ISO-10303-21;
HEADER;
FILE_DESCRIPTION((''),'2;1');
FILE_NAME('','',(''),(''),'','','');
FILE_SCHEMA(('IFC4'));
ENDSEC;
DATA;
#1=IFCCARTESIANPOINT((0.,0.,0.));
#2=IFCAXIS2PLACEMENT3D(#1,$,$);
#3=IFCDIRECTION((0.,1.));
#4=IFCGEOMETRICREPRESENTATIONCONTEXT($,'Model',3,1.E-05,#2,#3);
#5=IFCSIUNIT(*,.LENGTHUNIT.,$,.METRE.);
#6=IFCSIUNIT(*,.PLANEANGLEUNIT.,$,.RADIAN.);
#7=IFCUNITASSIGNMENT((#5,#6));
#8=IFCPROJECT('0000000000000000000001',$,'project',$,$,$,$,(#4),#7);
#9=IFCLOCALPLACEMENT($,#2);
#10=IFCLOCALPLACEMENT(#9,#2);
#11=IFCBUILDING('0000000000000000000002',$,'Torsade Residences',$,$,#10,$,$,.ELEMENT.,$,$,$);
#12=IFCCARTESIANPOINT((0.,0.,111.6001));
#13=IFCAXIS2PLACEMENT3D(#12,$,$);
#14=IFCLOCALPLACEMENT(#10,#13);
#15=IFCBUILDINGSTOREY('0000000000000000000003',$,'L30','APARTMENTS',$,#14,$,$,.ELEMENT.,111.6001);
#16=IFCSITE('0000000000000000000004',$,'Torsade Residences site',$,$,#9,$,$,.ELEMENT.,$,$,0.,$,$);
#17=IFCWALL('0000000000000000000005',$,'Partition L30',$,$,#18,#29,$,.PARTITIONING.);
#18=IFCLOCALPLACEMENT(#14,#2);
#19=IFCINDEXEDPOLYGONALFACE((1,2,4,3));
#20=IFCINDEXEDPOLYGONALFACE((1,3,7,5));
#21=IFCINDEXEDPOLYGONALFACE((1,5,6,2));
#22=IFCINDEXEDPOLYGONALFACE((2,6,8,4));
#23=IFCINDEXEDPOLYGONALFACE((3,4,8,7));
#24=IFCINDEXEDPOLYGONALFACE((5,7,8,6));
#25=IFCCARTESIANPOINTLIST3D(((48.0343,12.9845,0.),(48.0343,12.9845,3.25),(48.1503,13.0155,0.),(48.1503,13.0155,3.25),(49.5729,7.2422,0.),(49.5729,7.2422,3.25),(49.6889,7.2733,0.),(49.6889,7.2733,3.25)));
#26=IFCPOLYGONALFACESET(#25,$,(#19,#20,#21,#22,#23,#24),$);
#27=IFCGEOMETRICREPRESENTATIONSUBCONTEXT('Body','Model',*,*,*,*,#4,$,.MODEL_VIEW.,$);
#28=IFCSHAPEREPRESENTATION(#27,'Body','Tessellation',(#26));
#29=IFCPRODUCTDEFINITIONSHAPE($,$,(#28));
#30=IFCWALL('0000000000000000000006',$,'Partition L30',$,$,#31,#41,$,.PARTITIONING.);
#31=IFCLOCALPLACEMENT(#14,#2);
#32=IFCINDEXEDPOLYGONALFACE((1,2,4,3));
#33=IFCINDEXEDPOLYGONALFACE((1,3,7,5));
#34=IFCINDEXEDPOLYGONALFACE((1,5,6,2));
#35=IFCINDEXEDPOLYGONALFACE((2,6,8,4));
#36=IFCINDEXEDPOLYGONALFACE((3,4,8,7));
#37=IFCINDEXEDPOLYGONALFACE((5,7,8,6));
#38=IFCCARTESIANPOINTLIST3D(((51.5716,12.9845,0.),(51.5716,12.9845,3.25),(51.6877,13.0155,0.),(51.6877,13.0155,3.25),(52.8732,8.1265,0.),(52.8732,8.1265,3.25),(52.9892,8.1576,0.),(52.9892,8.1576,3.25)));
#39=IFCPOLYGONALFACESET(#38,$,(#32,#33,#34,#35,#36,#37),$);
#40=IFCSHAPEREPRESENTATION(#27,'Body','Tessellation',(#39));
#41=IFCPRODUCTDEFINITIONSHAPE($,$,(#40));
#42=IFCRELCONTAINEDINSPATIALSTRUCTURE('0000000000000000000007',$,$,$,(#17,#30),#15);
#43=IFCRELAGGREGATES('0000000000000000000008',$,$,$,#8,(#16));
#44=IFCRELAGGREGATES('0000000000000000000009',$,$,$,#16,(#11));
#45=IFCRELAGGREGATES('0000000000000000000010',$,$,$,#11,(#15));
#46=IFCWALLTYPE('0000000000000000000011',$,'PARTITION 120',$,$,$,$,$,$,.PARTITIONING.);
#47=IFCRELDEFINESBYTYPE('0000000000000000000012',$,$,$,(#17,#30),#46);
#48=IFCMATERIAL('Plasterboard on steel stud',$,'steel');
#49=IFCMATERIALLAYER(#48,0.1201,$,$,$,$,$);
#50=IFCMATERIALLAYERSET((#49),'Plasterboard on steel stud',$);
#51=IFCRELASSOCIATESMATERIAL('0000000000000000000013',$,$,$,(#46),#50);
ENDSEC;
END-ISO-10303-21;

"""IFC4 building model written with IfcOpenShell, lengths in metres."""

from ifc_helpers import new_model, si_unit, direction, frame, frame_2d, origin, place, context, subcontext, project, spatial, rectangle, extrude, material, layer, layer_set, type_object, element, save


model = new_model("IFC4")

# Units and contexts
model_context = context("Model", 3, precision=1e-05, world=origin(), true_north=direction((0.0, 1.0)))
body_context = subcontext(model_context, "Body", "Model", "MODEL_VIEW")
ifc_project = project(units=[si_unit("LENGTHUNIT", "METRE"), si_unit("PLANEANGLEUNIT", "RADIAN")], contexts=[model_context])

# Site, building, storey
site_placement = place(None, origin())
site = spatial("IfcSite", under=ifc_project, at=site_placement, Name="Torsade Residences site", CompositionType="ELEMENT", RefElevation=0.0)
building_placement = place(site_placement, origin())
building = spatial("IfcBuilding", under=site, at=building_placement, Name="Torsade Residences", CompositionType="ELEMENT")
storey_placement = place(building_placement, frame((0.0, 0.0, 111.6001)))
storey = spatial("IfcBuildingStorey", under=building, at=storey_placement, Name="L30", Description="APARTMENTS", CompositionType="ELEMENT", Elevation=111.6001)

# Shared definitions
ifc_material_1 = material(Name="Plasterboard on steel stud", Category="steel")
ifc_layer_1 = layer(ifc_material_1, 0.1201)
ifc_layer_set_1 = layer_set([ifc_layer_1], Name="Plasterboard on steel stud")
wall_type = type_object("IfcWallType", Name="PARTITION 120", PredefinedType="PARTITIONING", material=ifc_layer_set_1)

# Walls
wall_1_placement = place(storey_placement, frame((48.0923, 13.0, 0.0), z_axis=(0.0, 0.0, 1.0), x_axis=(0.258813, -0.965928, 0.0)))
element("IfcWall", 1, at=wall_1_placement, inside=storey, type_object=wall_type, Name="Partition L30", PredefinedType="PARTITIONING", context=body_context, shape_type="SweptSolid", body=[
    extrude(rectangle(XDim=5.9448, YDim=0.1201, at=frame_2d((2.9724, 0.0))), origin(), (0.0, 0.0, 1.0), 3.25),
])
wall_2_placement = place(storey_placement, frame((51.6296, 13.0, 0.0), z_axis=(0.0, 0.0, 1.0), x_axis=(0.258789, -0.965934, 0.0)))
element("IfcWall", 2, at=wall_2_placement, inside=storey, type_object=wall_type, Name="Partition L30", PredefinedType="PARTITIONING", context=body_context, shape_type="SweptSolid", body=[
    extrude(rectangle(XDim=5.0293, YDim=0.1201, at=frame_2d((2.5146, 0.0))), origin(), (0.0, 0.0, 1.0), 3.25),
])

save(model, "model.ifc")
